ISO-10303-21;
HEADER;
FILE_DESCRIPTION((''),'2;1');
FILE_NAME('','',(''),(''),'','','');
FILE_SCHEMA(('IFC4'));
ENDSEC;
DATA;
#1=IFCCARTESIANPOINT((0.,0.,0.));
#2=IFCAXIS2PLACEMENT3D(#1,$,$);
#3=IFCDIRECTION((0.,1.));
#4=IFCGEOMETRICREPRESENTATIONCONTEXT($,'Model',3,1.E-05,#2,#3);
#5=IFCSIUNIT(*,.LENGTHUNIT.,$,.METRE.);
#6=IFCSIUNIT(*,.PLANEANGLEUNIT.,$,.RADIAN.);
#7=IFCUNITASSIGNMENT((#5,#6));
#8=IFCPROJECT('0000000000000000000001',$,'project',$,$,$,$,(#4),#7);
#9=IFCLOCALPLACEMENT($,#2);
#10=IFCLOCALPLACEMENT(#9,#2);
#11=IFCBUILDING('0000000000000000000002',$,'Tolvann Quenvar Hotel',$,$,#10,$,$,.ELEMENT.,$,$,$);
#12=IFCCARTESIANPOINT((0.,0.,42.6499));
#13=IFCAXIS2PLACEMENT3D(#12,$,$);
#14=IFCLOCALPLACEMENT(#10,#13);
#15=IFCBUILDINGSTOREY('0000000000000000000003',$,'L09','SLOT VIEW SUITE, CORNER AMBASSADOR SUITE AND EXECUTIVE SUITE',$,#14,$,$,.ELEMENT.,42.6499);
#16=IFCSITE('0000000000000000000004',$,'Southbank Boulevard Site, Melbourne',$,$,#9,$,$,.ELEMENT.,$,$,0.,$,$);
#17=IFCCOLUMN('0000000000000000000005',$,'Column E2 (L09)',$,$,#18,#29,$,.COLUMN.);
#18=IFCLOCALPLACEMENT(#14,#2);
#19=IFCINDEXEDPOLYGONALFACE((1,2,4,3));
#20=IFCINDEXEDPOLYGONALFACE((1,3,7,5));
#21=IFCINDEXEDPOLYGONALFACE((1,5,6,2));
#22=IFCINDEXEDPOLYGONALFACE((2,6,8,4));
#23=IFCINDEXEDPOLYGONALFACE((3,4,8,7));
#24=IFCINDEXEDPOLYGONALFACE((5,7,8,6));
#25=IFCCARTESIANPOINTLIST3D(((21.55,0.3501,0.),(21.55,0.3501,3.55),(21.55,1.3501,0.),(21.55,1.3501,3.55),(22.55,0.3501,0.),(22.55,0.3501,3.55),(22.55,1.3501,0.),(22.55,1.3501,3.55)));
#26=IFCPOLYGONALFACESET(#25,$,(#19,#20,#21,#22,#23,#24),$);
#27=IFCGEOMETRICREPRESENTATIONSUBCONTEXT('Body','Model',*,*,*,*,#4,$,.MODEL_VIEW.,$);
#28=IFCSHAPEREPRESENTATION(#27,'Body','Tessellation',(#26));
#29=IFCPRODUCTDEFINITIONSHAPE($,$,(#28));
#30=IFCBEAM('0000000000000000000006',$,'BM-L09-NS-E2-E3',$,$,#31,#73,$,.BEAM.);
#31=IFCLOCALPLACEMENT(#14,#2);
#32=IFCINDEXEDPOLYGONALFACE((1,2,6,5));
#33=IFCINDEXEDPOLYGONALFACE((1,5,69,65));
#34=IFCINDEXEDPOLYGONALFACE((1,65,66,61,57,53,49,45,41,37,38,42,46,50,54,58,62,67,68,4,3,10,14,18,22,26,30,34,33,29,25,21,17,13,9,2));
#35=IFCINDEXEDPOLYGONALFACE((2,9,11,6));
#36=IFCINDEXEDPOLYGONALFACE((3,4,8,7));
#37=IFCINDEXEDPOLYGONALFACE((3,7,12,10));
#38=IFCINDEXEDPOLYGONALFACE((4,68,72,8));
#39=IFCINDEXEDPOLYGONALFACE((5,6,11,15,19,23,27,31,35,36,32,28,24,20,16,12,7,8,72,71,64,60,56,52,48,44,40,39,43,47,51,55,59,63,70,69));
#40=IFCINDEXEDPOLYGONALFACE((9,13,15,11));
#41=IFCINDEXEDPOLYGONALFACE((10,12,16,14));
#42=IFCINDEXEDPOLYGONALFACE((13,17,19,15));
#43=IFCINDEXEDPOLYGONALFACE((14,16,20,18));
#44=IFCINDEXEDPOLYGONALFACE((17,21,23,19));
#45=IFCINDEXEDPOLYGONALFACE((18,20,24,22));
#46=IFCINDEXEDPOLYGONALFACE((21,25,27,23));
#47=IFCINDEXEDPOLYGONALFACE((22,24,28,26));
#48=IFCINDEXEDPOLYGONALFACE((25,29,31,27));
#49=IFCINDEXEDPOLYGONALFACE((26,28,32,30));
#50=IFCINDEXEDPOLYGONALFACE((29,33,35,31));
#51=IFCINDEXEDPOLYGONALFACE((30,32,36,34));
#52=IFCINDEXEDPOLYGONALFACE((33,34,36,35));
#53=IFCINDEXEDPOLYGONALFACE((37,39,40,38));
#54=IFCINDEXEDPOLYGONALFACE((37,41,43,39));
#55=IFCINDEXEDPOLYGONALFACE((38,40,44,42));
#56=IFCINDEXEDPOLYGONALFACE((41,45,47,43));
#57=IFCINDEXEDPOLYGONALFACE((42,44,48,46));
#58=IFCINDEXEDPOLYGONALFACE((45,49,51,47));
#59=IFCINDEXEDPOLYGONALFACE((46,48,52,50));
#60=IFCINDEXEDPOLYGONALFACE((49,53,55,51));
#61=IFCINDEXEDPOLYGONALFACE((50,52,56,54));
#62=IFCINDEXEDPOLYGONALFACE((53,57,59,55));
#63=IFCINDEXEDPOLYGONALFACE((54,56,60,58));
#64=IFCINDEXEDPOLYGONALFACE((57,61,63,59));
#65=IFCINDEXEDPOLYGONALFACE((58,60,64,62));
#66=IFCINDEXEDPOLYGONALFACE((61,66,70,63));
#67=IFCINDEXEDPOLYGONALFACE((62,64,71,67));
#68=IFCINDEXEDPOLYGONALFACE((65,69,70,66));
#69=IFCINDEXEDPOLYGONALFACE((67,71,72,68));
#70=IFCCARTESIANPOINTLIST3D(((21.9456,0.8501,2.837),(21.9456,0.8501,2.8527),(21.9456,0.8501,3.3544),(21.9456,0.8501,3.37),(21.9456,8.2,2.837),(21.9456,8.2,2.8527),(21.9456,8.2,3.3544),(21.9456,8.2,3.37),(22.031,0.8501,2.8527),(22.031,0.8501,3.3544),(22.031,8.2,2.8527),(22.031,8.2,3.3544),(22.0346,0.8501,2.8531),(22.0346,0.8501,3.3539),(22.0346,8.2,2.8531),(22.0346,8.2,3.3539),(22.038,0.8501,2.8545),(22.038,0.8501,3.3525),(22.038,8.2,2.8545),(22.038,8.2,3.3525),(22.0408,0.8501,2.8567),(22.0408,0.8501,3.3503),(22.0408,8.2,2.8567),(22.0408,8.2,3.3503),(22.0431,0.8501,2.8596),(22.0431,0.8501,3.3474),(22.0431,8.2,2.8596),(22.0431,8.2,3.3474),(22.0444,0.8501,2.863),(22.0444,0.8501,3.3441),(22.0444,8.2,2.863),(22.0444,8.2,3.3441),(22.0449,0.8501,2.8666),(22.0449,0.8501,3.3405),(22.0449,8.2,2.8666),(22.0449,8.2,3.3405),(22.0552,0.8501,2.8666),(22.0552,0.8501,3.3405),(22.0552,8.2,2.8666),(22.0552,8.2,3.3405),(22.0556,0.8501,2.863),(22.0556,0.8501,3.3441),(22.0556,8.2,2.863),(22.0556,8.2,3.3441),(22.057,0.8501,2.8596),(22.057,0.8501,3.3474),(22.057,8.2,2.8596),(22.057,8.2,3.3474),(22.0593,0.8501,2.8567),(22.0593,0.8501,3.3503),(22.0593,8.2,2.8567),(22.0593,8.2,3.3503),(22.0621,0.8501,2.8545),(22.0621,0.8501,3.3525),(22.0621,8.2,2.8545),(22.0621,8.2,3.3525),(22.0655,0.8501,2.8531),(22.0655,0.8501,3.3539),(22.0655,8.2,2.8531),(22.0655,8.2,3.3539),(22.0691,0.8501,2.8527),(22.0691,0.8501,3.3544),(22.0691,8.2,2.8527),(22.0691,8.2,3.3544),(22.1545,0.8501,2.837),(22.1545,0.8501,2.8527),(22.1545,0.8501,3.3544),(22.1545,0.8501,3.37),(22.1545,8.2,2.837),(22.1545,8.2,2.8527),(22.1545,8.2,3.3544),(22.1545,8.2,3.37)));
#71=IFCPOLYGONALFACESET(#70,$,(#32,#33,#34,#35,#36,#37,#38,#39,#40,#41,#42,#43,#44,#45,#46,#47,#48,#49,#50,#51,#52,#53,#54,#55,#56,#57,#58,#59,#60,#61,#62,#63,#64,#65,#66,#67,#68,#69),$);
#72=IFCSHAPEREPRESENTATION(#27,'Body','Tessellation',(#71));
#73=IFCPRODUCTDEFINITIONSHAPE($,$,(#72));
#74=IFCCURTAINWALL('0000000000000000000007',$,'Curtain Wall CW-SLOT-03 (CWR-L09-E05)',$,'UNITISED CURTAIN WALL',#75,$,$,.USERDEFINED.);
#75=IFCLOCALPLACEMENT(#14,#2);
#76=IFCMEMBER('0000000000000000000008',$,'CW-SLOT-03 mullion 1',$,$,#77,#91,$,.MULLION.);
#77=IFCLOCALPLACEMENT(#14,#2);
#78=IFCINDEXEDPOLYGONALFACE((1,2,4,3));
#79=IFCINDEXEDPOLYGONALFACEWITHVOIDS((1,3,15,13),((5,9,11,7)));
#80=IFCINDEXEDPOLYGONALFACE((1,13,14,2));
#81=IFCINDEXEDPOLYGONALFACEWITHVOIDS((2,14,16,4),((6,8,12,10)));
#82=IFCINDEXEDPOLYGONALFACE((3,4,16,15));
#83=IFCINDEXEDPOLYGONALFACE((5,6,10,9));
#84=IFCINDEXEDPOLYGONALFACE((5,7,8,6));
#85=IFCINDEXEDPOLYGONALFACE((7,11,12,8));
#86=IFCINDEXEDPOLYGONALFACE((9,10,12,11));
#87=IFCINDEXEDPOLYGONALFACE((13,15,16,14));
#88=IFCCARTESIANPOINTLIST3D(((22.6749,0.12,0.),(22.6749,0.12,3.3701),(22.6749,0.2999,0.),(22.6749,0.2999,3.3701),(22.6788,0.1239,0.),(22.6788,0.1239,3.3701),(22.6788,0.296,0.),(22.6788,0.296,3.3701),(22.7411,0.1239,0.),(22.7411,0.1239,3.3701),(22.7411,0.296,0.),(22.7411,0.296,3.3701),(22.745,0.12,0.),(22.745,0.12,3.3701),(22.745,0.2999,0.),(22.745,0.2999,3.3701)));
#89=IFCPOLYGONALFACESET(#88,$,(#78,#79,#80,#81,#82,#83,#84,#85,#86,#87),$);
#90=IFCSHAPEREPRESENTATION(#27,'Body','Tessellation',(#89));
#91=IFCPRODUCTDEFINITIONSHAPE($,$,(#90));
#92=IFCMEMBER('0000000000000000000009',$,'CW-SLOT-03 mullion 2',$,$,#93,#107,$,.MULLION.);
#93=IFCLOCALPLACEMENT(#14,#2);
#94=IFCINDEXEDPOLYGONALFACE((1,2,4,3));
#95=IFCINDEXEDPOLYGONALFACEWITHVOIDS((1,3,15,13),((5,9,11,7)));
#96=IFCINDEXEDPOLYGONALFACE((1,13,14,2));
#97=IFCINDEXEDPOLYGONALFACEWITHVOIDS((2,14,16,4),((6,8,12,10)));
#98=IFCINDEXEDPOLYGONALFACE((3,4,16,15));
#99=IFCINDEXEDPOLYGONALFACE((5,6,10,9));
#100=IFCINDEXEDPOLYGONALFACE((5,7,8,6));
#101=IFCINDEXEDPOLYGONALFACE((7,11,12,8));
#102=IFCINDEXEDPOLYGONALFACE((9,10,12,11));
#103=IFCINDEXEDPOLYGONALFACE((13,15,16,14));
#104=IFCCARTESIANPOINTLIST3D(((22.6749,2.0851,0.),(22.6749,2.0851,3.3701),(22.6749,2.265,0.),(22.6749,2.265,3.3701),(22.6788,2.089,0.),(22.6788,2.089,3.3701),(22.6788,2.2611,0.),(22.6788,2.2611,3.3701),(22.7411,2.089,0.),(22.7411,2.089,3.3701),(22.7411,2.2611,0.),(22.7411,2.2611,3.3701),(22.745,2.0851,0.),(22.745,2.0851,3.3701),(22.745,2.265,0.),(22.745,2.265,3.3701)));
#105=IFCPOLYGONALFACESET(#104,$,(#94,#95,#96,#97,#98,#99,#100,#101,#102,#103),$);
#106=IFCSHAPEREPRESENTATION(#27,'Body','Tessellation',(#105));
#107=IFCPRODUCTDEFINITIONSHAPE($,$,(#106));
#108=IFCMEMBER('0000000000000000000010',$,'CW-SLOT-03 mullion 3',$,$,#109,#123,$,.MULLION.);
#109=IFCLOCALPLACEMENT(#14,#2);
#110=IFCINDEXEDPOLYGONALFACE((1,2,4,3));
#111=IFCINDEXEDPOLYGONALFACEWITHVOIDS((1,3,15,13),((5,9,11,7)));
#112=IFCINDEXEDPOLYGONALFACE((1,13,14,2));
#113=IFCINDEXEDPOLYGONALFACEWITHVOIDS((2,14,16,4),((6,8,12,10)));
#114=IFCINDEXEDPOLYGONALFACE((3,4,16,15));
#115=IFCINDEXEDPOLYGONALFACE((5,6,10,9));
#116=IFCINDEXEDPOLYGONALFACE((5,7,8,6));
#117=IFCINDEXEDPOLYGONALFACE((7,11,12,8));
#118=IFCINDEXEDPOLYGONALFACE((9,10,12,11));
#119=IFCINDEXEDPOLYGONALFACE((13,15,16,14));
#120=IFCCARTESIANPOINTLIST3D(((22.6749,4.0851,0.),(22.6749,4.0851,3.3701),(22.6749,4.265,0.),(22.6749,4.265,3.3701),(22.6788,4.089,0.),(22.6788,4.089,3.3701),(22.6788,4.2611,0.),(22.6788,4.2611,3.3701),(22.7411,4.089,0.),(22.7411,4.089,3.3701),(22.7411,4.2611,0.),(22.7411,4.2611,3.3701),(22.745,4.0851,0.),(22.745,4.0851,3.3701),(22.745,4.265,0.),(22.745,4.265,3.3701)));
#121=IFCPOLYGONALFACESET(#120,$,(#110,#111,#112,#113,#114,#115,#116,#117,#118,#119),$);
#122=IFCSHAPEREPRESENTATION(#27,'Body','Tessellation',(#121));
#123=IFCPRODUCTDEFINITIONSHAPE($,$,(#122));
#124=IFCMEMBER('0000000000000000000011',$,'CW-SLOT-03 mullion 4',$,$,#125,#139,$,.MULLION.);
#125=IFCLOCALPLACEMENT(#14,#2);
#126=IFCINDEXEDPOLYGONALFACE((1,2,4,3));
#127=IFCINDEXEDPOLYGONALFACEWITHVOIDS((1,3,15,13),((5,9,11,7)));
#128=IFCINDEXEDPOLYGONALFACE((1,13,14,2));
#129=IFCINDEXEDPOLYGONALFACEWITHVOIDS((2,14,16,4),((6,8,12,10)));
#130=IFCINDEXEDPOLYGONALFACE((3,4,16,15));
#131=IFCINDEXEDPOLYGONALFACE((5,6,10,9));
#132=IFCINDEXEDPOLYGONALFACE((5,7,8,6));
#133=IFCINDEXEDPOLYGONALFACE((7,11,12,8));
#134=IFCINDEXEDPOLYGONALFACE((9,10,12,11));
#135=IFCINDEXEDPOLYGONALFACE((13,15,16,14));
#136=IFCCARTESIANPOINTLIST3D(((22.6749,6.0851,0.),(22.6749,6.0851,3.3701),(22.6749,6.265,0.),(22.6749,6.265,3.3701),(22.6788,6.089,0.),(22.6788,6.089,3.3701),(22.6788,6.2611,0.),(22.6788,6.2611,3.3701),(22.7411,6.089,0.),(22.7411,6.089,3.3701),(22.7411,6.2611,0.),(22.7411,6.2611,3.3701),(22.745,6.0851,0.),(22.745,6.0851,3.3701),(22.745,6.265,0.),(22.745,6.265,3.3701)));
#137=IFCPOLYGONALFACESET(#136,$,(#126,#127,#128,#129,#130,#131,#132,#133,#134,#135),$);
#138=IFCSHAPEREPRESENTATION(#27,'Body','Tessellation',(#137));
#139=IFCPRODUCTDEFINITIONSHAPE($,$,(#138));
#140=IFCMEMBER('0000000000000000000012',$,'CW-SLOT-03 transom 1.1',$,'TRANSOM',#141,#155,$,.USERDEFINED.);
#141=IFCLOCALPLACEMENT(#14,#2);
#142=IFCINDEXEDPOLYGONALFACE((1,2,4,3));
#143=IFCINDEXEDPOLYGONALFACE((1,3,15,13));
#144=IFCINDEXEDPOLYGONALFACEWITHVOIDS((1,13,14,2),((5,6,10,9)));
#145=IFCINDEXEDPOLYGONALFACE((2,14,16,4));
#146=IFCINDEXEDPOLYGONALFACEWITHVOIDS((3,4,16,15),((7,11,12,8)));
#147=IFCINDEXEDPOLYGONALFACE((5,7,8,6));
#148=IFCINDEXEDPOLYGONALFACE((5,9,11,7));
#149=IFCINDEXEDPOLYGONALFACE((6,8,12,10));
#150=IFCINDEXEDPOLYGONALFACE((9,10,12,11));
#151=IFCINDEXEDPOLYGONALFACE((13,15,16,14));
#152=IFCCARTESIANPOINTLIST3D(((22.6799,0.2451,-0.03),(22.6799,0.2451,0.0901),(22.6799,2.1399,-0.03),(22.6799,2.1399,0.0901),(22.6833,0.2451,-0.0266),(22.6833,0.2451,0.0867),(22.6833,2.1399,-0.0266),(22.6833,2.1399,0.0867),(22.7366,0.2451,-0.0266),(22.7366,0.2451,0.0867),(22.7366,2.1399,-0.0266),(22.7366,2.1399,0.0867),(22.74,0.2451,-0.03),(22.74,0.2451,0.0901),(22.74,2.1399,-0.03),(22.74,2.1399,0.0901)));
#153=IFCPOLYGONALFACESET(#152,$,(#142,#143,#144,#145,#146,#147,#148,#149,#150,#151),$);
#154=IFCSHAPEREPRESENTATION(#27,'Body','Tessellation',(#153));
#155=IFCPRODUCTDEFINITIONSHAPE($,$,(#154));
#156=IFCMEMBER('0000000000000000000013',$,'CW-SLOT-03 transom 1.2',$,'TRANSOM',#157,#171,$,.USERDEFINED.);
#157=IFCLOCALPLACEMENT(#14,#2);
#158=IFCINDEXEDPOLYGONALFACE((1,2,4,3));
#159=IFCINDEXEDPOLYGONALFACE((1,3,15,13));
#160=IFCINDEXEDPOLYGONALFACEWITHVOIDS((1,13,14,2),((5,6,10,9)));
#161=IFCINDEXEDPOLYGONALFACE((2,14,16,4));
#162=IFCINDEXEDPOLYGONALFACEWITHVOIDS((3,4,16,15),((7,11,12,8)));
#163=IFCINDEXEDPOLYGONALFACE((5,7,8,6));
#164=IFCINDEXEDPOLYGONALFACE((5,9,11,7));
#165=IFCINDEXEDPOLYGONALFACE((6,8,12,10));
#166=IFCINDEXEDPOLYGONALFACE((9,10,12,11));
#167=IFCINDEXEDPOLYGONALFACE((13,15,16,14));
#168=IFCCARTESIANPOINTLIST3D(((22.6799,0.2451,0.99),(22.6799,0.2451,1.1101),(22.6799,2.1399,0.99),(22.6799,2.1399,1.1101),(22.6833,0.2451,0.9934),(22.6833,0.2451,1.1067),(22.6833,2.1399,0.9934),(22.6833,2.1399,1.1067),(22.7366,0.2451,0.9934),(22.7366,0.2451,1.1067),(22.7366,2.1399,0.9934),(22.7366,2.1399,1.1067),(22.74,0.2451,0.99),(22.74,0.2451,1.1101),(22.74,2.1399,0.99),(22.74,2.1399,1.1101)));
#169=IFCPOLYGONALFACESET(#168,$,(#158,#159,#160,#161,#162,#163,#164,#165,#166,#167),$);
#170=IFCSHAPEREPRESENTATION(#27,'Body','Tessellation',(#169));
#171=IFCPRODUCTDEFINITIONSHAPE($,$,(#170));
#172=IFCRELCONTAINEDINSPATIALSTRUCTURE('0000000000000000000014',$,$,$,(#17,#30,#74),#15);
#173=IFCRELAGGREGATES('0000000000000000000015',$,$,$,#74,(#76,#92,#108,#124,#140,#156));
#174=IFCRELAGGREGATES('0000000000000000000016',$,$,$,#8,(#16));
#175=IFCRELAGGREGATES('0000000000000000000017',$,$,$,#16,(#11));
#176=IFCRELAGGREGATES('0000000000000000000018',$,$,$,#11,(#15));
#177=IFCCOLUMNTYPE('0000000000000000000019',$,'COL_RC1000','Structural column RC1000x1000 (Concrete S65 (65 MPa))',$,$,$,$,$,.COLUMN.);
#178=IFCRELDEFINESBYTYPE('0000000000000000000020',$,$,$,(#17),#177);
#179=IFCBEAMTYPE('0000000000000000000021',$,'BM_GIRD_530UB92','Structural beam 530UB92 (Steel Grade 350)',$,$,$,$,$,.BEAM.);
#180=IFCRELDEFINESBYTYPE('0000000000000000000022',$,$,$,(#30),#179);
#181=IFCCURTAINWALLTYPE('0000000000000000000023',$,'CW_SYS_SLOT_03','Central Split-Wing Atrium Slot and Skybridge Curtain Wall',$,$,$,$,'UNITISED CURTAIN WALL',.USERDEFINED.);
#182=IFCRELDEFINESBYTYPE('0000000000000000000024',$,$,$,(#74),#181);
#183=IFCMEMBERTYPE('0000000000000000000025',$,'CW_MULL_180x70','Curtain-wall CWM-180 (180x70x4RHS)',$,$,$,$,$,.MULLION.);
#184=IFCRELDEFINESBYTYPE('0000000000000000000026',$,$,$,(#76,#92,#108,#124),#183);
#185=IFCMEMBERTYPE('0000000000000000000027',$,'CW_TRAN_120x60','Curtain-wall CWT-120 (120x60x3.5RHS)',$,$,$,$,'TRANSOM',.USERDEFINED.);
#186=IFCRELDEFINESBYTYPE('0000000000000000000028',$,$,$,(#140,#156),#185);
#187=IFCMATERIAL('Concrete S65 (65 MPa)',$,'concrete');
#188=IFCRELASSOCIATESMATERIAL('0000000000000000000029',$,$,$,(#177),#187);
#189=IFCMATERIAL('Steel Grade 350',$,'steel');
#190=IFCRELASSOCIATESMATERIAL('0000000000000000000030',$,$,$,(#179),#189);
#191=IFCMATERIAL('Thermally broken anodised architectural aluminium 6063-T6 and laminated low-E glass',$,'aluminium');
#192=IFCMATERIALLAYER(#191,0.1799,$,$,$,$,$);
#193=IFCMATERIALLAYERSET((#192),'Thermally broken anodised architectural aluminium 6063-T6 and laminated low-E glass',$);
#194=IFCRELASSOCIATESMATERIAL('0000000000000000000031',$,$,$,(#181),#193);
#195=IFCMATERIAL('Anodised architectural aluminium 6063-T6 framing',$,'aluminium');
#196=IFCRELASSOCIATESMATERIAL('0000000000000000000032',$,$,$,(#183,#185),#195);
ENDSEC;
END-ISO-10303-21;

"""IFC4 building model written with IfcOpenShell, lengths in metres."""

from ifc_helpers import new_model, si_unit, direction, frame, origin, origin_2d, place, context, subcontext, project, spatial, rectangle, hollow_rectangle, i_section, extrude, source, transform, mapped, material, layer, layer_set, material_profile, profile_set, type_object, type_shapes, element, aggregate, save


model = new_model("IFC4")

# Units and contexts
model_context = context("Model", 3, precision=1e-05, world=origin(), true_north=direction((0.0, 1.0)))
body_context = subcontext(model_context, "Body", "Model", "MODEL_VIEW")
ifc_project = project(units=[si_unit("LENGTHUNIT", "METRE"), si_unit("PLANEANGLEUNIT", "RADIAN")], contexts=[model_context])

# Site, building, storey
site_placement = place(None, origin())
site = spatial("IfcSite", under=ifc_project, at=site_placement, Name="Southbank Boulevard Site, Melbourne", CompositionType="ELEMENT", RefElevation=0.0)
building_placement = place(site_placement, origin())
building = spatial("IfcBuilding", under=site, at=building_placement, Name="Tolvann Quenvar Hotel", CompositionType="ELEMENT")
storey_placement = place(building_placement, frame((0.0, 0.0, 42.6499)))
storey = spatial("IfcBuildingStorey", under=building, at=storey_placement, Name="L09", Description="SLOT VIEW SUITE, CORNER AMBASSADOR SUITE AND EXECUTIVE SUITE", CompositionType="ELEMENT", Elevation=42.6499)

# Column
ifc_material_1 = material(Name="Concrete S65 (65 MPa)", Category="concrete")
ifc_material_profile_1 = material_profile(ifc_material_1, rectangle(XDim=1.0, YDim=1.0, at=origin_2d()), Name="RC1000x1000")
ifc_profile_set_1 = profile_set([ifc_material_profile_1], Name="Concrete S65 (65 MPa)")
column_type = type_object("IfcColumnType", Name="COL_RC1000", Description="Structural column RC1000x1000 (Concrete S65 (65 MPa))", PredefinedType="COLUMN", material=ifc_profile_set_1)
shared_shape_1 = source(origin(), body_context, "Body", "SweptSolid", [
    extrude(rectangle(XDim=1.0, YDim=1.0, at=origin_2d()), origin(), (0.0, 0.0, 1.0), 3.55),
])
type_shapes(column_type, [shared_shape_1])
column_placement = place(storey_placement, frame((22.05, 0.8501, 0.0), z_axis=(0.0, 0.0, 1.0), x_axis=(1.0, 0.0, 0.0)))
element("IfcColumn", 1, at=column_placement, inside=storey, type_object=column_type, Name="Column E2 (L09)", PredefinedType="COLUMN", context=body_context, shape_type="MappedRepresentation", body=[
    mapped(shared_shape_1, transform((0.0, 0.0, 0.0), x_axis=(1.0, 0.0, 0.0), y_axis=(0.0, 1.0, 0.0), z_axis=(0.0, 0.0, 1.0), scale=1.0)),
])

# Beam
ifc_material_2 = material(Name="Steel Grade 350", Category="steel")
ifc_material_profile_2 = material_profile(ifc_material_2, i_section(OverallWidth=0.209, OverallDepth=0.533, WebThickness=0.0103, FlangeThickness=0.0156, FilletRadius=0.0139, at=origin_2d()), Name="530UB92")
ifc_profile_set_2 = profile_set([ifc_material_profile_2], Name="Steel Grade 350")
beam_type = type_object("IfcBeamType", Name="BM_GIRD_530UB92", Description="Structural beam 530UB92 (Steel Grade 350)", PredefinedType="BEAM", material=ifc_profile_set_2)
shared_shape_2 = source(origin(), body_context, "Body", "SweptSolid", [
    extrude(i_section(OverallWidth=0.209, OverallDepth=0.533, WebThickness=0.0103, FlangeThickness=0.0156, FilletRadius=0.0139, at=origin_2d()), origin(), (0.0, 0.0, 1.0), 7.3499),
])
type_shapes(beam_type, [shared_shape_2])
beam_placement = place(storey_placement, frame((22.05, 0.8501, 3.1035), z_axis=(0.0, 1.0, 0.0), x_axis=(-1.0, 0.0, 0.0)))
element("IfcBeam", 2, at=beam_placement, inside=storey, type_object=beam_type, Name="BM-L09-NS-E2-E3", PredefinedType="BEAM", context=body_context, shape_type="MappedRepresentation", body=[
    mapped(shared_shape_2, transform((0.0, 0.0, 0.0), x_axis=(1.0, 0.0, 0.0), y_axis=(0.0, 1.0, 0.0), z_axis=(0.0, 0.0, 1.0), scale=1.0)),
])

# Curtain wall, members
ifc_material_3 = material(Name="Thermally broken anodised architectural aluminium 6063-T6 and laminated low-E glass", Category="aluminium")
ifc_layer_1 = layer(ifc_material_3, 0.1799)
ifc_layer_set_1 = layer_set([ifc_layer_1], Name="Thermally broken anodised architectural aluminium 6063-T6 and laminated low-E glass")
curtain_wall_type = type_object("IfcCurtainWallType", Name="CW_SYS_SLOT_03", Description="Central Split-Wing Atrium Slot and Skybridge Curtain Wall", ElementType="UNITISED CURTAIN WALL", PredefinedType="USERDEFINED", material=ifc_layer_set_1)
curtain_wall_placement = place(storey_placement, origin())
curtain_wall = element("IfcCurtainWall", 3, at=curtain_wall_placement, inside=storey, type_object=curtain_wall_type, Name="Curtain Wall CW-SLOT-03 (CWR-L09-E05)", ObjectType="UNITISED CURTAIN WALL", PredefinedType="USERDEFINED")
ifc_material_4 = material(Name="Anodised architectural aluminium 6063-T6 framing", Category="aluminium")
ifc_material_profile_3 = material_profile(ifc_material_4, hollow_rectangle(XDim=0.0701, YDim=0.1799, WallThickness=0.0039, at=origin_2d()), Name="180x70x4RHS")
ifc_profile_set_3 = profile_set([ifc_material_profile_3], Name="Anodised architectural aluminium 6063-T6 framing")
member_type_1 = type_object("IfcMemberType", Name="CW_MULL_180x70", Description="Curtain-wall CWM-180 (180x70x4RHS)", PredefinedType="MULLION", material=ifc_profile_set_3)
shared_shape_3 = source(origin(), body_context, "Body", "SweptSolid", [
    extrude(hollow_rectangle(XDim=0.0701, YDim=0.1799, WallThickness=0.0039, at=origin_2d()), origin(), (0.0, 0.0, 1.0), 3.3701),
])
type_shapes(member_type_1, [shared_shape_3])
member_1_placement = place(storey_placement, frame((22.71, 0.21, 0.0), z_axis=(0.0, 0.0, 1.0), x_axis=(-1.0, 0.0, 0.0)))
member_1 = element("IfcMember", 4, at=member_1_placement, type_object=member_type_1, Name="CW-SLOT-03 mullion 1", PredefinedType="MULLION", context=body_context, shape_type="MappedRepresentation", body=[
    mapped(shared_shape_3, transform((0.0, 0.0, 0.0), x_axis=(1.0, 0.0, 0.0), y_axis=(0.0, 1.0, 0.0), z_axis=(0.0, 0.0, 1.0), scale=1.0)),
])
member_2_placement = place(storey_placement, frame((22.71, 2.175, 0.0), z_axis=(0.0, 0.0, 1.0), x_axis=(-1.0, 0.0, 0.0)))
member_2 = element("IfcMember", 5, at=member_2_placement, type_object=member_type_1, Name="CW-SLOT-03 mullion 2", PredefinedType="MULLION", context=body_context, shape_type="MappedRepresentation", body=[
    mapped(shared_shape_3, transform((0.0, 0.0, 0.0), x_axis=(1.0, 0.0, 0.0), y_axis=(0.0, 1.0, 0.0), z_axis=(0.0, 0.0, 1.0), scale=1.0)),
])
member_3_placement = place(storey_placement, frame((22.71, 4.175, 0.0), z_axis=(0.0, 0.0, 1.0), x_axis=(-1.0, 0.0, 0.0)))
member_3 = element("IfcMember", 6, at=member_3_placement, type_object=member_type_1, Name="CW-SLOT-03 mullion 3", PredefinedType="MULLION", context=body_context, shape_type="MappedRepresentation", body=[
    mapped(shared_shape_3, transform((0.0, 0.0, 0.0), x_axis=(1.0, 0.0, 0.0), y_axis=(0.0, 1.0, 0.0), z_axis=(0.0, 0.0, 1.0), scale=1.0)),
])
member_4_placement = place(storey_placement, frame((22.71, 6.175, 0.0), z_axis=(0.0, 0.0, 1.0), x_axis=(-1.0, 0.0, 0.0)))
member_4 = element("IfcMember", 7, at=member_4_placement, type_object=member_type_1, Name="CW-SLOT-03 mullion 4", PredefinedType="MULLION", context=body_context, shape_type="MappedRepresentation", body=[
    mapped(shared_shape_3, transform((0.0, 0.0, 0.0), x_axis=(1.0, 0.0, 0.0), y_axis=(0.0, 1.0, 0.0), z_axis=(0.0, 0.0, 1.0), scale=1.0)),
])
ifc_material_profile_4 = material_profile(ifc_material_4, hollow_rectangle(XDim=0.0601, YDim=0.1201, WallThickness=0.0034, at=origin_2d()), Name="120x60x3.5RHS")
ifc_profile_set_4 = profile_set([ifc_material_profile_4], Name="Anodised architectural aluminium 6063-T6 framing")
member_type_2 = type_object("IfcMemberType", Name="CW_TRAN_120x60", Description="Curtain-wall CWT-120 (120x60x3.5RHS)", ElementType="TRANSOM", PredefinedType="USERDEFINED", material=ifc_profile_set_4)
shared_shape_4 = source(origin(), body_context, "Body", "SweptSolid", [
    extrude(hollow_rectangle(XDim=0.0601, YDim=0.1201, WallThickness=0.0034, at=origin_2d()), origin(), (0.0, 0.0, 1.0), 1.8948),
])
member_5_placement = place(storey_placement, frame((22.71, 0.2451, 0.03), z_axis=(0.0, 1.0, 0.0), x_axis=(-1.0, 0.0, 0.0)))
member_5 = element("IfcMember", 8, at=member_5_placement, type_object=member_type_2, Name="CW-SLOT-03 transom 1.1", ObjectType="TRANSOM", PredefinedType="USERDEFINED", context=body_context, shape_type="MappedRepresentation", body=[
    mapped(shared_shape_4, transform((0.0, 0.0, 0.0), x_axis=(1.0, 0.0, 0.0), y_axis=(0.0, 1.0, 0.0), z_axis=(0.0, 0.0, 1.0), scale=1.0)),
])
member_6_placement = place(storey_placement, frame((22.71, 0.2451, 1.05), z_axis=(0.0, 1.0, 0.0), x_axis=(-1.0, 0.0, 0.0)))
member_6 = element("IfcMember", 9, at=member_6_placement, type_object=member_type_2, Name="CW-SLOT-03 transom 1.2", ObjectType="TRANSOM", PredefinedType="USERDEFINED", context=body_context, shape_type="MappedRepresentation", body=[
    mapped(shared_shape_4, transform((0.0, 0.0, 0.0), x_axis=(1.0, 0.0, 0.0), y_axis=(0.0, 1.0, 0.0), z_axis=(0.0, 0.0, 1.0), scale=1.0)),
])
aggregate(curtain_wall, [member_1, member_2, member_3, member_4, member_5, member_6])

save(model, "model.ifc")
